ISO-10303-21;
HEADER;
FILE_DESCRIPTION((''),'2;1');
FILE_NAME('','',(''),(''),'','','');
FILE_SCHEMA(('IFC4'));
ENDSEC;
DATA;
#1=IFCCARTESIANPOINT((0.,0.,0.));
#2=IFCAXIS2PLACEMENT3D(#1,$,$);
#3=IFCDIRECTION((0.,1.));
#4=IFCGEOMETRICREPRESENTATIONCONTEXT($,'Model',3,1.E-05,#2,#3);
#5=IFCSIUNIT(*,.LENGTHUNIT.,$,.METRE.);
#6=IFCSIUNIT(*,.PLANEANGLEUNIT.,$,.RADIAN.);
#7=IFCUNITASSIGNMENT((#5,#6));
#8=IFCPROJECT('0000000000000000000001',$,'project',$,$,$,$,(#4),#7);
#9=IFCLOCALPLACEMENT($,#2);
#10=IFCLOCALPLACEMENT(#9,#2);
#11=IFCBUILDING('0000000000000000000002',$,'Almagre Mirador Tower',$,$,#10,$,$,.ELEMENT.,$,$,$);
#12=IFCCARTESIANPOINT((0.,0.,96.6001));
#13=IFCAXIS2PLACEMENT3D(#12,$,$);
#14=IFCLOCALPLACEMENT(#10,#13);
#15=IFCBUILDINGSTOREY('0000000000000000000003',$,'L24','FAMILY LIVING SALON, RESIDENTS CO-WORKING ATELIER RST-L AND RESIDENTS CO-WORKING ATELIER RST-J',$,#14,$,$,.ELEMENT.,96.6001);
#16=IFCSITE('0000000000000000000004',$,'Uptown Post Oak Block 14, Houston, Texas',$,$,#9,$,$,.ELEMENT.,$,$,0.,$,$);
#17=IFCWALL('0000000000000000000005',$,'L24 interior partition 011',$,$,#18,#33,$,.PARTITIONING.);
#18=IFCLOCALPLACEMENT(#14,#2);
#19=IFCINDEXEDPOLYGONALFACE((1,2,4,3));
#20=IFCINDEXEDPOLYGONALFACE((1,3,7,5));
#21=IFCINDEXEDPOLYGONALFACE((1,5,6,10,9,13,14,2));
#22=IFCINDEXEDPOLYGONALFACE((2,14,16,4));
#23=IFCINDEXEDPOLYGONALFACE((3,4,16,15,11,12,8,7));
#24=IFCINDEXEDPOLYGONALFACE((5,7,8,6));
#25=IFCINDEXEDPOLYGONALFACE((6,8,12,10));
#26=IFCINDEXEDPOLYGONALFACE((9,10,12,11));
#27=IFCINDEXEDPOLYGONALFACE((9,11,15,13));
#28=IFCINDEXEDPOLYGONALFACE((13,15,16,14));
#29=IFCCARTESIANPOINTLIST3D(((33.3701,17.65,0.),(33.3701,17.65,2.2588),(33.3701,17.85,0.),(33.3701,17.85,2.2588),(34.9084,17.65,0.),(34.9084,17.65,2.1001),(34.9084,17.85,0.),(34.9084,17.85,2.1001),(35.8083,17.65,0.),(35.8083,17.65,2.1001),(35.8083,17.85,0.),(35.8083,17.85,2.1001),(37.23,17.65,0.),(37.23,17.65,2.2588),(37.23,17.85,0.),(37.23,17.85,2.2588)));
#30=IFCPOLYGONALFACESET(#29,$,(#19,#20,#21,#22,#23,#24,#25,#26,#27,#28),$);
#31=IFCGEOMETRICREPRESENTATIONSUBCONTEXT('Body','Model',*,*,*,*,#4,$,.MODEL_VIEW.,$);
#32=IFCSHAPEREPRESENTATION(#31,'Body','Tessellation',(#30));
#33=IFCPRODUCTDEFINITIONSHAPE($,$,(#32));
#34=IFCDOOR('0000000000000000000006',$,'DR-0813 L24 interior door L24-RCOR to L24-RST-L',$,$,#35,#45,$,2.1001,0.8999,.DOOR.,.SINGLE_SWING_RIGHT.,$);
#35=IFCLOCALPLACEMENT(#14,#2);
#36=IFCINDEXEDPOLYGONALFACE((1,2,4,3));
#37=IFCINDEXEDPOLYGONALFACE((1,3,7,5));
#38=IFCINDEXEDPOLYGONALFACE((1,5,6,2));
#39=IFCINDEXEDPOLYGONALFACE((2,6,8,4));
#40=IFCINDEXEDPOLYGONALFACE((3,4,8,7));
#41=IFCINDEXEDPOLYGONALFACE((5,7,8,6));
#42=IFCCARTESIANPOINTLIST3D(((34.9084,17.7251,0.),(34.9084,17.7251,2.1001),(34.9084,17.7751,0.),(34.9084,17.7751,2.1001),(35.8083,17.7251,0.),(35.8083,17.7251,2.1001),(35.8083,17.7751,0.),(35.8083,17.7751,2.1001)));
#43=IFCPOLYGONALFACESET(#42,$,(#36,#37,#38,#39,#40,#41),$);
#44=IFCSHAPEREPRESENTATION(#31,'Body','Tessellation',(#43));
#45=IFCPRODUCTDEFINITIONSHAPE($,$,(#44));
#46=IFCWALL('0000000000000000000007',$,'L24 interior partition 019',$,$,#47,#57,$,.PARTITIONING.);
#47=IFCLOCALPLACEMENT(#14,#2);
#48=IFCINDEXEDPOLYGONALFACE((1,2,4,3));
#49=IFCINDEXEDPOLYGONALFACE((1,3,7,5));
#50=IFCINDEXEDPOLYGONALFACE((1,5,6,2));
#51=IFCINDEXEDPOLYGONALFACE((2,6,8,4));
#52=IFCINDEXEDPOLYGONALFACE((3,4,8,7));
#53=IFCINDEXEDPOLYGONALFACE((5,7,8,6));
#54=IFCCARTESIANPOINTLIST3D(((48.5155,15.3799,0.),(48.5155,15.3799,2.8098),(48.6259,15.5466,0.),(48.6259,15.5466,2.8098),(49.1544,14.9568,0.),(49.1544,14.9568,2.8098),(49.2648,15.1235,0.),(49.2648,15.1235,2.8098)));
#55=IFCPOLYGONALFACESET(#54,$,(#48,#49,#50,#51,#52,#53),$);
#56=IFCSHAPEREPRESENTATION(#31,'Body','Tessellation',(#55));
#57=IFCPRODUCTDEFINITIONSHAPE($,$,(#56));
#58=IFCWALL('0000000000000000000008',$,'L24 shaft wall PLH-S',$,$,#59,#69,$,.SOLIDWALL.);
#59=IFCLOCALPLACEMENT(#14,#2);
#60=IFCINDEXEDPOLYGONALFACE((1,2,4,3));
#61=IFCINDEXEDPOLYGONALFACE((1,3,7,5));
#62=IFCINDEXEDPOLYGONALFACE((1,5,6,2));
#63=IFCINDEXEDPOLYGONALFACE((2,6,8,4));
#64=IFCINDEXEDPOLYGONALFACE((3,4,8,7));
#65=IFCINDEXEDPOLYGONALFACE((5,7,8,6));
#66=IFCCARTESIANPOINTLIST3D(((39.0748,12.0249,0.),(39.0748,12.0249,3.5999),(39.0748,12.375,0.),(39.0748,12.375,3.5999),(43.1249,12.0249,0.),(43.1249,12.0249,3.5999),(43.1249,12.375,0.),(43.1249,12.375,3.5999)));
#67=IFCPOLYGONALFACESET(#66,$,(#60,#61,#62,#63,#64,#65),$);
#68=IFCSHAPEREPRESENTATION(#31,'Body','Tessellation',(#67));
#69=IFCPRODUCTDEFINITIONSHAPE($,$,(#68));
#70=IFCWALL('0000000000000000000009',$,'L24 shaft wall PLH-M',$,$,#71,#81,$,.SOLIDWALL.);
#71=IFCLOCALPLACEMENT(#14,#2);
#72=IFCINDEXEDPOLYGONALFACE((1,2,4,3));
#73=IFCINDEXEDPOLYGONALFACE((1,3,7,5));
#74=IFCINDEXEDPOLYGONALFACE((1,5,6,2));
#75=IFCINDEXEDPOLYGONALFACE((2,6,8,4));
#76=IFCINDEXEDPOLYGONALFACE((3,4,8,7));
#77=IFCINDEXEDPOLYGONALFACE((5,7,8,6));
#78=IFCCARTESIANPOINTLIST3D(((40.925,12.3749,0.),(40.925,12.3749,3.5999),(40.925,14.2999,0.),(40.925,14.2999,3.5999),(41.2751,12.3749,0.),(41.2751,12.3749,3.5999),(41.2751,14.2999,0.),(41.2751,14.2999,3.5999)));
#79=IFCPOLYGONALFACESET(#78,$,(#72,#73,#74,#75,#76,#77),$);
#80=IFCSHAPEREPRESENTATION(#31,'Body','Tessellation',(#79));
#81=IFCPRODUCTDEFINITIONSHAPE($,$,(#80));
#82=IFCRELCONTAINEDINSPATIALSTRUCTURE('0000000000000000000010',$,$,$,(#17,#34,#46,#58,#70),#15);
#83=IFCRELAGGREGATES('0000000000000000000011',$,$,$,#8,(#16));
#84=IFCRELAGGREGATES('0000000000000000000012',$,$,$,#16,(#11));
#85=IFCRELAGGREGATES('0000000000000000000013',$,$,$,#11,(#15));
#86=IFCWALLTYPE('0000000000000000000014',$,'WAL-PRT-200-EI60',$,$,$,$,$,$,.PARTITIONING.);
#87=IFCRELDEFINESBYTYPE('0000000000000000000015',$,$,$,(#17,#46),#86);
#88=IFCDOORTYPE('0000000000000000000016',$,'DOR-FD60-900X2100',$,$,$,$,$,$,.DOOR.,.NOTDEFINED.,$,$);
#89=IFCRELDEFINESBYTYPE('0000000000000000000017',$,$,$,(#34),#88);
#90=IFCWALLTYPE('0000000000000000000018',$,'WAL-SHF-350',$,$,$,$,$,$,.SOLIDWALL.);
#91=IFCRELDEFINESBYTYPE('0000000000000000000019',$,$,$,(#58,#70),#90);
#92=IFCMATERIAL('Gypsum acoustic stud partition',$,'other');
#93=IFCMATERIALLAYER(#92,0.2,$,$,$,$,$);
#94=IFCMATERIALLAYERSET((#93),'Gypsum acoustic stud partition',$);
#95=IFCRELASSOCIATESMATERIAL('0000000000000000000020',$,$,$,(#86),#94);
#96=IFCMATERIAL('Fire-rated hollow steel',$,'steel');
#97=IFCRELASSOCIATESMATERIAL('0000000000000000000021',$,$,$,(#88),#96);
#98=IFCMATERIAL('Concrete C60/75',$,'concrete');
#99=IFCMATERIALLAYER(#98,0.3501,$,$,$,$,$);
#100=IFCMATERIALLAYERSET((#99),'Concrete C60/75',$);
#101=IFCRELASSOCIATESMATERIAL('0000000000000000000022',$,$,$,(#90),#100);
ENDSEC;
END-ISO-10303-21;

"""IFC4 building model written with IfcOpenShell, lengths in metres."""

from ifc_helpers import new_model, si_unit, direction, frame, frame_2d, origin, place, context, subcontext, project, spatial, rectangle, extrude, material, layer, layer_set, type_object, element, fill, save


model = new_model("IFC4")

# Units and contexts
model_context = context("Model", 3, precision=1e-05, world=origin(), true_north=direction((0.0, 1.0)))
body_context = subcontext(model_context, "Body", "Model", "MODEL_VIEW")
ifc_project = project(units=[si_unit("LENGTHUNIT", "METRE"), si_unit("PLANEANGLEUNIT", "RADIAN")], contexts=[model_context])

# Site, building, storey
site_placement = place(None, origin())
site = spatial("IfcSite", under=ifc_project, at=site_placement, Name="Uptown Post Oak Block 14, Houston, Texas", CompositionType="ELEMENT", RefElevation=0.0)
building_placement = place(site_placement, origin())
building = spatial("IfcBuilding", under=site, at=building_placement, Name="Almagre Mirador Tower", CompositionType="ELEMENT")
storey_placement = place(building_placement, frame((0.0, 0.0, 96.6001)))
storey = spatial("IfcBuildingStorey", under=building, at=storey_placement, Name="L24", Description="FAMILY LIVING SALON, RESIDENTS CO-WORKING ATELIER RST-L AND RESIDENTS CO-WORKING ATELIER RST-J", CompositionType="ELEMENT", Elevation=96.6001)

# Shared definitions
ifc_material_1 = material(Name="Gypsum acoustic stud partition", Category="other")
ifc_layer_1 = layer(ifc_material_1, 0.2)
ifc_layer_set_1 = layer_set([ifc_layer_1], Name="Gypsum acoustic stud partition")
wall_type_1 = type_object("IfcWallType", Name="WAL-PRT-200-EI60", PredefinedType="PARTITIONING", material=ifc_layer_set_1)

# Wall, opening, door
wall_1_placement = place(storey_placement, frame((37.23, 17.75, 0.0), z_axis=(0.0, 0.0, 1.0), x_axis=(-1.0, 0.0, 0.0)))
wall_1 = element("IfcWall", 1, at=wall_1_placement, inside=storey, type_object=wall_type_1, Name="L24 interior partition 011", PredefinedType="PARTITIONING", context=body_context, shape_type="SweptSolid", body=[
    extrude(rectangle(XDim=3.8599, YDim=0.2, at=frame_2d((1.9299, 0.0))), origin(), (0.0, 0.0, 1.0), 2.2588),
])
opening_1_placement = place(wall_1_placement, frame((1.4216, 0.0, 0.0)))
opening_1 = element("IfcOpeningElement", 2, at=opening_1_placement, cuts=wall_1, PredefinedType="OPENING", context=body_context, shape_type="SweptSolid", body=[
    extrude(rectangle(XDim=0.8999, YDim=2.1001, at=frame_2d((0.45, 1.05))), frame((0.0, 0.1101, 0.0), z_axis=(0.0, -1.0, 0.0), x_axis=(1.0, 0.0, 0.0)), (0.0, 0.0, 1.0), 0.22),
])
ifc_material_2 = material(Name="Fire-rated hollow steel", Category="steel")
door_type_1 = type_object("IfcDoorType", Name="DOR-FD60-900X2100", OperationType="NOTDEFINED", PredefinedType="DOOR", material=ifc_material_2)
door_1_placement = place(opening_1_placement, origin())
door_1 = element("IfcDoor", 3, at=door_1_placement, inside=storey, type_object=door_type_1, Name="DR-0813 L24 interior door L24-RCOR to L24-RST-L", OperationType="SINGLE_SWING_RIGHT", OverallHeight=2.1001, OverallWidth=0.8999, PredefinedType="DOOR", context=body_context, shape_type="SweptSolid", body=[
    extrude(rectangle(XDim=0.8999, YDim=2.1001, at=frame_2d((0.45, 1.05))), frame((0.0, 0.0249, 0.0), z_axis=(0.0, -1.0, 0.0), x_axis=(1.0, 0.0, 0.0)), (0.0, 0.0, 1.0), 0.05),
])
fill(opening_1, door_1)

# Walls
wall_2_placement = place(storey_placement, frame((49.2097, 15.04, 0.0), z_axis=(0.0, 0.0, 1.0), x_axis=(-0.833762, 0.552124, 0.0)))
element("IfcWall", 4, at=wall_2_placement, inside=storey, type_object=wall_type_1, Name="L24 interior partition 019", PredefinedType="PARTITIONING", context=body_context, shape_type="SweptSolid", body=[
    extrude(rectangle(XDim=0.7664, YDim=0.2, at=frame_2d((0.3833, 0.0))), origin(), (0.0, 0.0, 1.0), 2.8098),
])
ifc_material_3 = material(Name="Concrete C60/75", Category="concrete")
ifc_layer_2 = layer(ifc_material_3, 0.3501)
ifc_layer_set_2 = layer_set([ifc_layer_2], Name="Concrete C60/75")
wall_type_2 = type_object("IfcWallType", Name="WAL-SHF-350", PredefinedType="SOLIDWALL", material=ifc_layer_set_2)
wall_3_placement = place(storey_placement, frame((39.075, 12.2, 0.0), z_axis=(0.0, 0.0, 1.0), x_axis=(1.0, 0.0, 0.0)))
element("IfcWall", 5, at=wall_3_placement, inside=storey, type_object=wall_type_2, Name="L24 shaft wall PLH-S", PredefinedType="SOLIDWALL", context=body_context, shape_type="SweptSolid", body=[
    extrude(rectangle(XDim=4.05, YDim=0.3501, at=frame_2d((2.0249, 0.0))), origin(), (0.0, 0.0, 1.0), 3.5999),
])
wall_4_placement = place(storey_placement, frame((41.1001, 12.375, 0.0), z_axis=(0.0, 0.0, 1.0), x_axis=(0.0, 1.0, 0.0)))
element("IfcWall", 6, at=wall_4_placement, inside=storey, type_object=wall_type_2, Name="L24 shaft wall PLH-M", PredefinedType="SOLIDWALL", context=body_context, shape_type="SweptSolid", body=[
    extrude(rectangle(XDim=1.925, YDim=0.3501, at=frame_2d((0.9624, 0.0))), origin(), (0.0, 0.0, 1.0), 3.5999),
])

save(model, "model.ifc")
